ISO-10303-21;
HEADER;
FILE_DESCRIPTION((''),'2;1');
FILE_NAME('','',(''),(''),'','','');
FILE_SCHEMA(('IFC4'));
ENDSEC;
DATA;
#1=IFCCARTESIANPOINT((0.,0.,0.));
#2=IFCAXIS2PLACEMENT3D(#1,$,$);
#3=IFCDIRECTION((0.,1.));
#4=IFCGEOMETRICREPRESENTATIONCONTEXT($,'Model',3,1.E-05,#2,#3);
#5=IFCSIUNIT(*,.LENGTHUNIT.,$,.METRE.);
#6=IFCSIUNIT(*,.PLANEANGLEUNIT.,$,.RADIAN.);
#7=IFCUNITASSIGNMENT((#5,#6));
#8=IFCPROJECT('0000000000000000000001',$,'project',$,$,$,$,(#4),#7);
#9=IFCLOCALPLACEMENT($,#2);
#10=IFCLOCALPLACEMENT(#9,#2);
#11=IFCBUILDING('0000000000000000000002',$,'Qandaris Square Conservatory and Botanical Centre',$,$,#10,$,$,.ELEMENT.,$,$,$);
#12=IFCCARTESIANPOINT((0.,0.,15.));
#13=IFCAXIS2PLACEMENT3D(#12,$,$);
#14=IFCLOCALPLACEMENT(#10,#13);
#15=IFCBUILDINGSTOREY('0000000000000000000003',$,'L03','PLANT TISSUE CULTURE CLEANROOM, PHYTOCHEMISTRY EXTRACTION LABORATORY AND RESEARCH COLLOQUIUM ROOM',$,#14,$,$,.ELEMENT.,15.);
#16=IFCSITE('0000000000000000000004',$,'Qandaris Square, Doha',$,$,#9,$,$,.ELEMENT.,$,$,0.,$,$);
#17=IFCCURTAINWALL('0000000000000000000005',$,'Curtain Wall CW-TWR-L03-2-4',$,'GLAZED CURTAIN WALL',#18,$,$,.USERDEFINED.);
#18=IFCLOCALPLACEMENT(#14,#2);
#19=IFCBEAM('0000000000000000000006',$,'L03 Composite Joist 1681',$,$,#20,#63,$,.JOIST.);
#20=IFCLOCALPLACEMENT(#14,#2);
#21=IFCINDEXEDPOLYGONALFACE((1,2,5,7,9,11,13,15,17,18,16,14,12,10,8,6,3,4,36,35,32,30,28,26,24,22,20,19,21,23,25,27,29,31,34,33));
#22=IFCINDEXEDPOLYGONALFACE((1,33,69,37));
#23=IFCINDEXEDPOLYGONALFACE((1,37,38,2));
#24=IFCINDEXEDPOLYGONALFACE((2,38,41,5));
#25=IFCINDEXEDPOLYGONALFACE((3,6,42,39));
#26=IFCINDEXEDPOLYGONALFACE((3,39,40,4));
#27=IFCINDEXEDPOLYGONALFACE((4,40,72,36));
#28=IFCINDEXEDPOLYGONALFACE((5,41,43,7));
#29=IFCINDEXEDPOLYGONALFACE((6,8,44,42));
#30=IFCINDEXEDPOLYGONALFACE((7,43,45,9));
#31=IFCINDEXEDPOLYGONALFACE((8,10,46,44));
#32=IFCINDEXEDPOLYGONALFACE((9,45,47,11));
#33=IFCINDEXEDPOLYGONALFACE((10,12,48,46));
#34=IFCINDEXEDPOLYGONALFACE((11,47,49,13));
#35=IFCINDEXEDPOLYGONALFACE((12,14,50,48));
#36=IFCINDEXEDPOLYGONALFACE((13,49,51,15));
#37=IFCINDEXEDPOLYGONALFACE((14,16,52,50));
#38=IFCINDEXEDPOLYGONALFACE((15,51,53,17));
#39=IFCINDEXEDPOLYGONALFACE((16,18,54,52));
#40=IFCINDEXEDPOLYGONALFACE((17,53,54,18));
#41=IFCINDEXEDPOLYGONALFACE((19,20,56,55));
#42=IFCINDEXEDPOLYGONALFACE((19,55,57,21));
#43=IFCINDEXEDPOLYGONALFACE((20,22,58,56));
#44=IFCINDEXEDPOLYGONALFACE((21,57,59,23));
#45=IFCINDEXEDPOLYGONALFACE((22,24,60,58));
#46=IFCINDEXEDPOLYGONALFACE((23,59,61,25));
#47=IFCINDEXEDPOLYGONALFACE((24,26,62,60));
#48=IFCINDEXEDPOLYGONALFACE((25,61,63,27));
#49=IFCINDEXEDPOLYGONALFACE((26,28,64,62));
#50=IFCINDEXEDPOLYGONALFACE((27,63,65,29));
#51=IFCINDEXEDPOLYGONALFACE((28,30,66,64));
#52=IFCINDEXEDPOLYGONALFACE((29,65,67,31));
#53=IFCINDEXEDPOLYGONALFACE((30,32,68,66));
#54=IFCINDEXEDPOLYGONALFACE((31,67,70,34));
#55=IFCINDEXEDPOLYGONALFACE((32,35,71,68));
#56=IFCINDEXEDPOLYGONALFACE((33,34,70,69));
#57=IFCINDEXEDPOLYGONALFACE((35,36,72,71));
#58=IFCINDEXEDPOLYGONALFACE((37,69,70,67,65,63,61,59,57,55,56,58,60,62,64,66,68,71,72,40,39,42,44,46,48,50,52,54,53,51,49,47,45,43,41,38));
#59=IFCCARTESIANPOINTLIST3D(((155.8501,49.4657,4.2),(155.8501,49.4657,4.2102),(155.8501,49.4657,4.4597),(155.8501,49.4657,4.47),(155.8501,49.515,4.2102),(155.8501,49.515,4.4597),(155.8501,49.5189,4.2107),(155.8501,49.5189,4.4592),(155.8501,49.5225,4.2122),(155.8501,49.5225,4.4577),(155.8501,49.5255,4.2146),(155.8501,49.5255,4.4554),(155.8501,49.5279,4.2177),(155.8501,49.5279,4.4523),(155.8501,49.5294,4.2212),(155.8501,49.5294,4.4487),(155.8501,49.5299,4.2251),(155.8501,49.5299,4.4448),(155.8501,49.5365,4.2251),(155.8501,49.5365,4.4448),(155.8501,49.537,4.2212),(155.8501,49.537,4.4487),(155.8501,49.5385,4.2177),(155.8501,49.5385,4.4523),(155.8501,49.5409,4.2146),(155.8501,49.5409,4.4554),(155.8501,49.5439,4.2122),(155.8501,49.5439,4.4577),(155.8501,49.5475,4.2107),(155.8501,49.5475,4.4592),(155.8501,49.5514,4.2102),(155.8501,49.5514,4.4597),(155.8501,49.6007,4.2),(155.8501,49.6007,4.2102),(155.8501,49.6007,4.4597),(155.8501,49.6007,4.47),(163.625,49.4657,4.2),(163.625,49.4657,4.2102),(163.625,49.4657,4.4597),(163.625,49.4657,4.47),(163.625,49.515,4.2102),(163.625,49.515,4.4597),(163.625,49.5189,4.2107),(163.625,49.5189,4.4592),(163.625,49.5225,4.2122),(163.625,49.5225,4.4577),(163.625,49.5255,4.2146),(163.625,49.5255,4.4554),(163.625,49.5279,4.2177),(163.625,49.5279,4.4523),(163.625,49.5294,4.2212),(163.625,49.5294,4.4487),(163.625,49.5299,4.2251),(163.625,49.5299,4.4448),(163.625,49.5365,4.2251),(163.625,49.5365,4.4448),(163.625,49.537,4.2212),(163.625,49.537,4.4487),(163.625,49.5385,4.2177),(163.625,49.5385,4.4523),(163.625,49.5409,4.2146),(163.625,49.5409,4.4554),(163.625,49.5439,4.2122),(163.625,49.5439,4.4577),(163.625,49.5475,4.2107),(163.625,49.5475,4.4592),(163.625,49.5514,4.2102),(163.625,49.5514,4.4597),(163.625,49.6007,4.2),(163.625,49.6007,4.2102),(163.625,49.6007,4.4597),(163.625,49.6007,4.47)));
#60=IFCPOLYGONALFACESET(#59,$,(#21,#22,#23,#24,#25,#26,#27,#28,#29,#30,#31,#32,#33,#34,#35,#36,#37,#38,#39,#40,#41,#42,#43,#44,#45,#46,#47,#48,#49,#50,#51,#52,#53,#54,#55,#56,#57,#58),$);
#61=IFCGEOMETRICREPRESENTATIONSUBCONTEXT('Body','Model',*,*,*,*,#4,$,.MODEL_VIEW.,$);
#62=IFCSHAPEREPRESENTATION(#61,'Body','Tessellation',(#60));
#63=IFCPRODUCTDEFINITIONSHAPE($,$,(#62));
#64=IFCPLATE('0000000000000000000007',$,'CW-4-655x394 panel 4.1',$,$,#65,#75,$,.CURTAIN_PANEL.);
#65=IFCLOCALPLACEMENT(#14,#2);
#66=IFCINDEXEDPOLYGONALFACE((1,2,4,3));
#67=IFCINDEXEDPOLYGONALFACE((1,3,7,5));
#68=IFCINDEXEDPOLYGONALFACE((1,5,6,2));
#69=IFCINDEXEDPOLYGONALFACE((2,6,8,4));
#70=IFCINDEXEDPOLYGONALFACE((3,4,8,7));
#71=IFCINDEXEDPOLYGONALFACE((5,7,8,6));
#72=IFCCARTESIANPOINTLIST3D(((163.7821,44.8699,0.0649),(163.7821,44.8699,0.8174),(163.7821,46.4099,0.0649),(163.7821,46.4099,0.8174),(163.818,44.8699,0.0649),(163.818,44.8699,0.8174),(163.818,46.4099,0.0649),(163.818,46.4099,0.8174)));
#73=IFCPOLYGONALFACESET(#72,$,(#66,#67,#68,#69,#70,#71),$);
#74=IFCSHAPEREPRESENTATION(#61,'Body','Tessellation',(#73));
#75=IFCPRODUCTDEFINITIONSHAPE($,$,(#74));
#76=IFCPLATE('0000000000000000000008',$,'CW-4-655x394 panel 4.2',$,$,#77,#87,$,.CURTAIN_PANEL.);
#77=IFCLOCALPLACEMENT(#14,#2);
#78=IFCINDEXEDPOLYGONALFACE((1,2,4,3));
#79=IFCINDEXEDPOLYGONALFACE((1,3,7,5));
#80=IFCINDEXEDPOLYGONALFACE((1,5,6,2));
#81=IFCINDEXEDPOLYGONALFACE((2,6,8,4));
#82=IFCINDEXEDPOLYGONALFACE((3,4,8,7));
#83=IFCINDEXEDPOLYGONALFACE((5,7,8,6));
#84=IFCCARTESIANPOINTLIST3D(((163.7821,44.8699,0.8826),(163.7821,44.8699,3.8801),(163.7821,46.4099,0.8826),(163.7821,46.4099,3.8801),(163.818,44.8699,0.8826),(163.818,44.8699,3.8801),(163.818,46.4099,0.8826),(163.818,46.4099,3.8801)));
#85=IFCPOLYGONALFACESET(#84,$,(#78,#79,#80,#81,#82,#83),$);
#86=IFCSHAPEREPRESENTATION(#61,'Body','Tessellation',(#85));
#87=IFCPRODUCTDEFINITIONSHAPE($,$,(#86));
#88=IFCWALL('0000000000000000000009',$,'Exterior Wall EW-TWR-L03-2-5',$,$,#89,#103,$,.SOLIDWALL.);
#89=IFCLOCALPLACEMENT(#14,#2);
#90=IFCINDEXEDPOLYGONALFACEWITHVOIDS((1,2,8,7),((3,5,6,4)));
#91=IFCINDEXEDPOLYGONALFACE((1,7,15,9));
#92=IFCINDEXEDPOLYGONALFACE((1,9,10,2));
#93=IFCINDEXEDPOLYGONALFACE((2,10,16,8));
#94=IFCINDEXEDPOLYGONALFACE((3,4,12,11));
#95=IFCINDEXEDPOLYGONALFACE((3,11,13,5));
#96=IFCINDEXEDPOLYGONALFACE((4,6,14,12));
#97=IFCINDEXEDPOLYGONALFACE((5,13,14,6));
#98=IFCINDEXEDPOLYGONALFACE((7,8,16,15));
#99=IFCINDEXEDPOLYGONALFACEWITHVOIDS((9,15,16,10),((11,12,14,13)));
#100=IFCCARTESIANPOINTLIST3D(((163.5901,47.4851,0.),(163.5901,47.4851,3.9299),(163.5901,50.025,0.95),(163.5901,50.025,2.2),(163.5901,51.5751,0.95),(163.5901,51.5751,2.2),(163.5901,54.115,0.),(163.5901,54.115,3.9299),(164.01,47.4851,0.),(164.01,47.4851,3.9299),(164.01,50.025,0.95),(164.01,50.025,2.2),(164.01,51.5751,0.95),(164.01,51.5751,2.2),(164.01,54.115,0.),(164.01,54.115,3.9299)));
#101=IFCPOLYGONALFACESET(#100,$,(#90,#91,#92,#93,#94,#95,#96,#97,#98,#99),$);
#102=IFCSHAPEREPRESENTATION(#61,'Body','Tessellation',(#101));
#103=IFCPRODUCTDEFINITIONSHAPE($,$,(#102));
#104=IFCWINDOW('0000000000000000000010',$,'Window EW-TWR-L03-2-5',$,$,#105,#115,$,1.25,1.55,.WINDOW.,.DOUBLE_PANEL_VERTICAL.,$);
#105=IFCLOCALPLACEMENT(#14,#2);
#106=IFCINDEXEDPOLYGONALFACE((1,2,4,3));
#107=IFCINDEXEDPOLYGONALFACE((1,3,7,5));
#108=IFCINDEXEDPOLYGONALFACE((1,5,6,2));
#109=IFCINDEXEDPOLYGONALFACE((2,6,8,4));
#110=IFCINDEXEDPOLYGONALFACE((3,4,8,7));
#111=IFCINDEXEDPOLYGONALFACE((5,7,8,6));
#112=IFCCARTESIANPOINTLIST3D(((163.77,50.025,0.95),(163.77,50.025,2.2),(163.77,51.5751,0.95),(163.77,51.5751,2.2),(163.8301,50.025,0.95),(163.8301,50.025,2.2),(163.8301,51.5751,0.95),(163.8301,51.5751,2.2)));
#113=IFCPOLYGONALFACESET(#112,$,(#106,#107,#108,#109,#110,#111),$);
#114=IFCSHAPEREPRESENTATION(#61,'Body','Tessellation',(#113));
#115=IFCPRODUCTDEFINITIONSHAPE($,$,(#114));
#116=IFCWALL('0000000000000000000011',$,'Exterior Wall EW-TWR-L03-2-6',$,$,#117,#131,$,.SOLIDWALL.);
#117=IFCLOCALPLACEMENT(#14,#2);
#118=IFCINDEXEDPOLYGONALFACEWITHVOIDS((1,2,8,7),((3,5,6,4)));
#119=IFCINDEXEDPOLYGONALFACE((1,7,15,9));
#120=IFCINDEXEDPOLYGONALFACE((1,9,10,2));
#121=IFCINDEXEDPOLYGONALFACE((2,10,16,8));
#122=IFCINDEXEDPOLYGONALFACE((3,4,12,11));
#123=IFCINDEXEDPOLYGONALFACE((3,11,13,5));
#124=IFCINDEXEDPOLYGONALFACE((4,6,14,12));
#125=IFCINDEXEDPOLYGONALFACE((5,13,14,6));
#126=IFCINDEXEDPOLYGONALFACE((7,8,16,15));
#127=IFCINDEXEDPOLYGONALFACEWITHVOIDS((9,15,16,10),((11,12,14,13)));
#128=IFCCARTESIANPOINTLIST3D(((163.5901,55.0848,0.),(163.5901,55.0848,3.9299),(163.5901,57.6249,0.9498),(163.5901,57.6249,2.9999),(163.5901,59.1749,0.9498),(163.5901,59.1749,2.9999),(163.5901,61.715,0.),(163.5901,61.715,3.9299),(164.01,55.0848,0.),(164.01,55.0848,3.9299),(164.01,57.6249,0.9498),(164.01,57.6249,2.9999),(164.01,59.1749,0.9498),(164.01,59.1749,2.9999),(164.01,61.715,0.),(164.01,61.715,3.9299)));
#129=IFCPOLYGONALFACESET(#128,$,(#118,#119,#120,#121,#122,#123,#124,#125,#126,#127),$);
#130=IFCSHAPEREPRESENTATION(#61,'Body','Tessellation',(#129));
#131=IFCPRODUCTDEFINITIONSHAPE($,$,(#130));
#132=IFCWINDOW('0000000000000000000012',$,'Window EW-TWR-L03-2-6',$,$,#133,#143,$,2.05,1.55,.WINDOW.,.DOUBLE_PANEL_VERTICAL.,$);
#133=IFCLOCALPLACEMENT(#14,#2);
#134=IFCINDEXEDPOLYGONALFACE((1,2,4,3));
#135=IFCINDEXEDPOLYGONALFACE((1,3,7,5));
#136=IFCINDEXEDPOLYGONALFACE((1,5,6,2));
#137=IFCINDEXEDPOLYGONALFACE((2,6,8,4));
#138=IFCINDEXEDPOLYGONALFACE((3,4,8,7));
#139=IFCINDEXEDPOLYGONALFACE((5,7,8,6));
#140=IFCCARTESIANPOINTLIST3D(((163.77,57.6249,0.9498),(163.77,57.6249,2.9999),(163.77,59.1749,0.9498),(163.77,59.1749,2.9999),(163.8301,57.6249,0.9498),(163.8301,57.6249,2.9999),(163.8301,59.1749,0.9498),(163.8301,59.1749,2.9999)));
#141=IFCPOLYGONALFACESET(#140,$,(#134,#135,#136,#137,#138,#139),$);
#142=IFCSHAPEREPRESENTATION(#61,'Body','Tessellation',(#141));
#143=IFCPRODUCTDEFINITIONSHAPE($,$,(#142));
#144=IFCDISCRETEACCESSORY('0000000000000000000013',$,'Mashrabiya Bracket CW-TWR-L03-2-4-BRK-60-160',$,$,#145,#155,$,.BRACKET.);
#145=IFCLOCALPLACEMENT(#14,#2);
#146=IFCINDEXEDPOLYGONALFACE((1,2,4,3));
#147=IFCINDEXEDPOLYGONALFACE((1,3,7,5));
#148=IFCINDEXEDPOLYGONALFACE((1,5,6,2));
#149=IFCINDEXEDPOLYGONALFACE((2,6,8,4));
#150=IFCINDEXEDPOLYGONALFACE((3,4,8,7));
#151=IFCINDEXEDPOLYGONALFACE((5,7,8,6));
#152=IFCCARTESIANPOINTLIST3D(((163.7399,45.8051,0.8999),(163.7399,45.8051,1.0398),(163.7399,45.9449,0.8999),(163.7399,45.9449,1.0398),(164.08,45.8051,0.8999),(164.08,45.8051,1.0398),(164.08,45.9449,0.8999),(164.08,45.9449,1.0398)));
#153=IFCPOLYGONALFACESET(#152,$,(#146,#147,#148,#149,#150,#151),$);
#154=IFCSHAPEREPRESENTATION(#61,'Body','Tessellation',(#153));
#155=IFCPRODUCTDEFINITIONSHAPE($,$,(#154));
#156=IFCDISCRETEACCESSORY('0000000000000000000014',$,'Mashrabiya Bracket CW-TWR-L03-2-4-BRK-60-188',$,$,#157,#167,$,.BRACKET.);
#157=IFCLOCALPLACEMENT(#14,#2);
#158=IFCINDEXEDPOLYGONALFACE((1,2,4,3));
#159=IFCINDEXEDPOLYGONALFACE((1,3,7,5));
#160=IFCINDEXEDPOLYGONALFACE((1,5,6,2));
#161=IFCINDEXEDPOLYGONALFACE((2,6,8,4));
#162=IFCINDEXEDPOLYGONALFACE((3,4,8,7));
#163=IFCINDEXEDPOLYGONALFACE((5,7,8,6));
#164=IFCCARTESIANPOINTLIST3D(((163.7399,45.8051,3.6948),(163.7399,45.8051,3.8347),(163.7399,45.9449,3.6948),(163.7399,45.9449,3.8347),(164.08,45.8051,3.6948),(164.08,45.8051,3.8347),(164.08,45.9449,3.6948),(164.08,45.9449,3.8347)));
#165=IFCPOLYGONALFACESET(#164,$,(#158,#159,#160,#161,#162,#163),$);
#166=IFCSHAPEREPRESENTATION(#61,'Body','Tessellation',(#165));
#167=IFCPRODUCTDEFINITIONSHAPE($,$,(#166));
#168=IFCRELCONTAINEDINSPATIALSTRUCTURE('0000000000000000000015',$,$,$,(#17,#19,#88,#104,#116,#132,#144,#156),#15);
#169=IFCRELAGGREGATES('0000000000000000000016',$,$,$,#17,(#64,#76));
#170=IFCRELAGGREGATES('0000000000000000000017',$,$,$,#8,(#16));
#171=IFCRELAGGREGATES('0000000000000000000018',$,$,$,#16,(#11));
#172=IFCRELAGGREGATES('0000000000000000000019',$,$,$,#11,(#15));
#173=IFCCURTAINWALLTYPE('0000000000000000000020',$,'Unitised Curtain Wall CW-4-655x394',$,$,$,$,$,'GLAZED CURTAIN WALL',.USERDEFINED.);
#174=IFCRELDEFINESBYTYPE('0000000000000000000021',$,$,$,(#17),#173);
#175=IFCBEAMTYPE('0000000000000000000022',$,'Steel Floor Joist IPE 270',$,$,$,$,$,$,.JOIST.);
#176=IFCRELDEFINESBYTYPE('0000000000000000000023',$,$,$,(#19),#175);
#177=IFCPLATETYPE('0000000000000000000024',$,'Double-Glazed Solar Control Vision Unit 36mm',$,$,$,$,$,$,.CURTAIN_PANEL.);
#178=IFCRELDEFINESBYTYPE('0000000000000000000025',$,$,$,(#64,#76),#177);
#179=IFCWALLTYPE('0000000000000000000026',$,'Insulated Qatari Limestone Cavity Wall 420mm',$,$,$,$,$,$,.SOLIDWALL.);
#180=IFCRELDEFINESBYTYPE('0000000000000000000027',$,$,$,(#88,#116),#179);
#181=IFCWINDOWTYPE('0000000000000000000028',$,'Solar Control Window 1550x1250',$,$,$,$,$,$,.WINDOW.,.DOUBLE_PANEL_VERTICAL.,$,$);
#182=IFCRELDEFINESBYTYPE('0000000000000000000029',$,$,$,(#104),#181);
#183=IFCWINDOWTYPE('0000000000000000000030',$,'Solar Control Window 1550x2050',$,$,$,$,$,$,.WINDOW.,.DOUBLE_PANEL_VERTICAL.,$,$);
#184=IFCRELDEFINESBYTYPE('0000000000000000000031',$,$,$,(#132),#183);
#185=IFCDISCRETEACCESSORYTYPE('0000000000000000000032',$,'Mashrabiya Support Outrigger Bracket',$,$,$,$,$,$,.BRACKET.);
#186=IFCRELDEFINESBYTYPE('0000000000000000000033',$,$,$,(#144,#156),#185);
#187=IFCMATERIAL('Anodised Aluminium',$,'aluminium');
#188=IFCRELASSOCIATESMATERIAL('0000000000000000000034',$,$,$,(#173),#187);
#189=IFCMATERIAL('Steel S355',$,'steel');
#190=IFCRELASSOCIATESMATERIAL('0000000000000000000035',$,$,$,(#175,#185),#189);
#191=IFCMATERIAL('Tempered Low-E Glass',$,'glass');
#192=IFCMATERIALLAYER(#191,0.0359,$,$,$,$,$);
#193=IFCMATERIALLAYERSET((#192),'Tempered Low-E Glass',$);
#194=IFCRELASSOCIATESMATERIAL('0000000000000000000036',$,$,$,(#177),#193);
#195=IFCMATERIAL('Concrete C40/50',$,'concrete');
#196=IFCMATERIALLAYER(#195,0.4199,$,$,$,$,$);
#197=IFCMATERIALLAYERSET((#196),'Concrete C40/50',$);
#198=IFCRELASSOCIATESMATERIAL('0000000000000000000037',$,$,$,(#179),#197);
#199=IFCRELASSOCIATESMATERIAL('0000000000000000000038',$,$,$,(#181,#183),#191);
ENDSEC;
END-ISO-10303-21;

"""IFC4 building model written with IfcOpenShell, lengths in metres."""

from ifc_helpers import new_model, si_unit, direction, frame, frame_2d, origin, origin_2d, place, context, subcontext, project, spatial, rectangle, i_section, extrude, material, layer, layer_set, material_profile, profile_set, type_object, element, fill, aggregate, save


model = new_model("IFC4")

# Units and contexts
model_context = context("Model", 3, precision=1e-05, world=origin(), true_north=direction((0.0, 1.0)))
body_context = subcontext(model_context, "Body", "Model", "MODEL_VIEW")
ifc_project = project(units=[si_unit("LENGTHUNIT", "METRE"), si_unit("PLANEANGLEUNIT", "RADIAN")], contexts=[model_context])

# Site, building, storey
site_placement = place(None, origin())
site = spatial("IfcSite", under=ifc_project, at=site_placement, Name="Qandaris Square, Doha", CompositionType="ELEMENT", RefElevation=0.0)
building_placement = place(site_placement, origin())
building = spatial("IfcBuilding", under=site, at=building_placement, Name="Qandaris Square Conservatory and Botanical Centre", CompositionType="ELEMENT")
storey_placement = place(building_placement, frame((0.0, 0.0, 15.0)))
storey = spatial("IfcBuildingStorey", under=building, at=storey_placement, Name="L03", Description="PLANT TISSUE CULTURE CLEANROOM, PHYTOCHEMISTRY EXTRACTION LABORATORY AND RESEARCH COLLOQUIUM ROOM", CompositionType="ELEMENT", Elevation=15.0)

# Shared definitions
ifc_material_1 = material(Name="Steel S355", Category="steel")

# Curtain wall
ifc_material_2 = material(Name="Anodised Aluminium", Category="aluminium")
curtain_wall_type = type_object("IfcCurtainWallType", Name="Unitised Curtain Wall CW-4-655x394", ElementType="GLAZED CURTAIN WALL", PredefinedType="USERDEFINED", material=ifc_material_2)
curtain_wall_placement = place(storey_placement, origin())
curtain_wall = element("IfcCurtainWall", 1, at=curtain_wall_placement, inside=storey, type_object=curtain_wall_type, Name="Curtain Wall CW-TWR-L03-2-4", ObjectType="GLAZED CURTAIN WALL", PredefinedType="USERDEFINED")

# Beam
ifc_material_profile_1 = material_profile(ifc_material_1, i_section(OverallWidth=0.135, OverallDepth=0.27, WebThickness=0.0066, FlangeThickness=0.0103, FilletRadius=0.0149, at=origin_2d()), Name="IPE 270")
ifc_profile_set_1 = profile_set([ifc_material_profile_1], Name="Steel S355")
beam_type_1 = type_object("IfcBeamType", Name="Steel Floor Joist IPE 270", PredefinedType="JOIST", material=ifc_profile_set_1)
beam_1_placement = place(storey_placement, frame((155.8501, 49.5332, 4.335), z_axis=(1.0, 0.0, 0.0), x_axis=(0.0, 1.0, 0.0)))
element("IfcBeam", 2, at=beam_1_placement, inside=storey, type_object=beam_type_1, Name="L03 Composite Joist 1681", PredefinedType="JOIST", context=body_context, shape_type="SweptSolid", body=[
    extrude(i_section(OverallWidth=0.135, OverallDepth=0.27, WebThickness=0.0066, FlangeThickness=0.0103, FilletRadius=0.0149, at=origin_2d()), origin(), (0.0, 0.0, 1.0), 7.7749),
])

# Plates
ifc_material_3 = material(Name="Tempered Low-E Glass", Category="glass")
ifc_layer_1 = layer(ifc_material_3, 0.0359)
ifc_layer_set_1 = layer_set([ifc_layer_1], Name="Tempered Low-E Glass")
plate_type = type_object("IfcPlateType", Name="Double-Glazed Solar Control Vision Unit 36mm", PredefinedType="CURTAIN_PANEL", material=ifc_layer_set_1)
plate_1_placement = place(storey_placement, frame((163.8, 45.6399, 0.0649), z_axis=(0.0, 0.0, 1.0), x_axis=(0.0, 1.0, 0.0)))
plate_1 = element("IfcPlate", 3, at=plate_1_placement, type_object=plate_type, Name="CW-4-655x394 panel 4.1", PredefinedType="CURTAIN_PANEL", context=body_context, shape_type="SweptSolid", body=[
    extrude(rectangle(XDim=1.54, YDim=0.0359, at=origin_2d()), origin(), (0.0, 0.0, 1.0), 0.7524),
])
plate_2_placement = place(storey_placement, frame((163.8, 45.6399, 0.8826), z_axis=(0.0, 0.0, 1.0), x_axis=(0.0, 1.0, 0.0)))
plate_2 = element("IfcPlate", 4, at=plate_2_placement, type_object=plate_type, Name="CW-4-655x394 panel 4.2", PredefinedType="CURTAIN_PANEL", context=body_context, shape_type="SweptSolid", body=[
    extrude(rectangle(XDim=1.54, YDim=0.0359, at=origin_2d()), origin(), (0.0, 0.0, 1.0), 2.9976),
])
aggregate(curtain_wall, [plate_1, plate_2])

# Walls, openings, windows
ifc_material_4 = material(Name="Concrete C40/50", Category="concrete")
ifc_layer_2 = layer(ifc_material_4, 0.4199)
ifc_layer_set_2 = layer_set([ifc_layer_2], Name="Concrete C40/50")
wall_type = type_object("IfcWallType", Name="Insulated Qatari Limestone Cavity Wall 420mm", PredefinedType="SOLIDWALL", material=ifc_layer_set_2)
wall_1_placement = place(storey_placement, frame((163.8, 47.4851, 0.0), z_axis=(0.0, 0.0, 1.0), x_axis=(0.0, 1.0, 0.0)))
wall_1 = element("IfcWall", 5, at=wall_1_placement, inside=storey, type_object=wall_type, Name="Exterior Wall EW-TWR-L03-2-5", PredefinedType="SOLIDWALL", context=body_context, shape_type="SweptSolid", body=[
    extrude(rectangle(XDim=6.6299, YDim=0.4199, at=frame_2d((3.3149, 0.0))), origin(), (0.0, 0.0, 1.0), 3.9299),
])
opening_1_placement = place(wall_1_placement, frame((2.54, 0.0, 0.95)))
opening_1 = element("IfcOpeningElement", 6, at=opening_1_placement, cuts=wall_1, PredefinedType="OPENING", context=body_context, shape_type="SweptSolid", body=[
    extrude(rectangle(XDim=1.55, YDim=1.25, at=frame_2d((0.7749, 0.625))), frame((0.0, 0.2219, 0.0), z_axis=(0.0, -1.0, 0.0), x_axis=(1.0, 0.0, 0.0)), (0.0, 0.0, 1.0), 0.4438),
])
window_type_1 = type_object("IfcWindowType", Name="Solar Control Window 1550x1250", PartitioningType="DOUBLE_PANEL_VERTICAL", PredefinedType="WINDOW", material=ifc_material_3)
window_1_placement = place(opening_1_placement, origin())
window_1 = element("IfcWindow", 7, at=window_1_placement, inside=storey, type_object=window_type_1, Name="Window EW-TWR-L03-2-5", OverallHeight=1.25, OverallWidth=1.55, PartitioningType="DOUBLE_PANEL_VERTICAL", PredefinedType="WINDOW", context=body_context, shape_type="SweptSolid", body=[
    extrude(rectangle(XDim=1.55, YDim=1.25, at=frame_2d((0.7749, 0.625))), frame((0.0, 0.03, 0.0), z_axis=(0.0, -1.0, 0.0), x_axis=(1.0, 0.0, 0.0)), (0.0, 0.0, 1.0), 0.0601),
])
fill(opening_1, window_1)
wall_2_placement = place(storey_placement, frame((163.8, 55.085, 0.0), z_axis=(0.0, 0.0, 1.0), x_axis=(0.0, 1.0, 0.0)))
wall_2 = element("IfcWall", 8, at=wall_2_placement, inside=storey, type_object=wall_type, Name="Exterior Wall EW-TWR-L03-2-6", PredefinedType="SOLIDWALL", context=body_context, shape_type="SweptSolid", body=[
    extrude(rectangle(XDim=6.6301, YDim=0.4199, at=frame_2d((3.3149, 0.0))), origin(), (0.0, 0.0, 1.0), 3.9299),
])
opening_2_placement = place(wall_2_placement, frame((2.54, 0.0, 0.95)))
opening_2 = element("IfcOpeningElement", 9, at=opening_2_placement, cuts=wall_2, PredefinedType="OPENING", context=body_context, shape_type="SweptSolid", body=[
    extrude(rectangle(XDim=1.55, YDim=2.05, at=frame_2d((0.7749, 1.0249))), frame((0.0, 0.2219, 0.0), z_axis=(0.0, -1.0, 0.0), x_axis=(1.0, 0.0, 0.0)), (0.0, 0.0, 1.0), 0.4438),
])
window_type_2 = type_object("IfcWindowType", Name="Solar Control Window 1550x2050", PartitioningType="DOUBLE_PANEL_VERTICAL", PredefinedType="WINDOW", material=ifc_material_3)
window_2_placement = place(opening_2_placement, origin())
window_2 = element("IfcWindow", 10, at=window_2_placement, inside=storey, type_object=window_type_2, Name="Window EW-TWR-L03-2-6", OverallHeight=2.05, OverallWidth=1.55, PartitioningType="DOUBLE_PANEL_VERTICAL", PredefinedType="WINDOW", context=body_context, shape_type="SweptSolid", body=[
    extrude(rectangle(XDim=1.55, YDim=2.05, at=frame_2d((0.7749, 1.0249))), frame((0.0, 0.03, 0.0), z_axis=(0.0, -1.0, 0.0), x_axis=(1.0, 0.0, 0.0)), (0.0, 0.0, 1.0), 0.0601),
])
fill(opening_2, window_2)

# Discrete accessories
discrete_accessory_type = type_object("IfcDiscreteAccessoryType", Name="Mashrabiya Support Outrigger Bracket", PredefinedType="BRACKET", material=ifc_material_1)
for number, where, z_axis, x_axis, name in (
    (11, (163.9099, 45.875, 0.8999), (0.0, 0.0, 1.0), (0.0, 1.0, 0.0), "Mashrabiya Bracket CW-TWR-L03-2-4-BRK-60-160"),
    (12, (163.9099, 45.875, 3.6948), (0.0, 0.0, 1.0), (0.0, 1.0, 0.0), "Mashrabiya Bracket CW-TWR-L03-2-4-BRK-60-188"),
):
    element("IfcDiscreteAccessory", number, at=place(storey_placement, frame(where, z_axis=z_axis, x_axis=x_axis)), inside=storey, type_object=discrete_accessory_type, Name=name, PredefinedType="BRACKET", context=body_context, shape_type="SweptSolid", body=[
        extrude(rectangle(XDim=0.1399, YDim=0.3401, at=origin_2d()), origin(), (0.0, 0.0, 1.0), 0.1399),
    ])

save(model, "model.ifc")
